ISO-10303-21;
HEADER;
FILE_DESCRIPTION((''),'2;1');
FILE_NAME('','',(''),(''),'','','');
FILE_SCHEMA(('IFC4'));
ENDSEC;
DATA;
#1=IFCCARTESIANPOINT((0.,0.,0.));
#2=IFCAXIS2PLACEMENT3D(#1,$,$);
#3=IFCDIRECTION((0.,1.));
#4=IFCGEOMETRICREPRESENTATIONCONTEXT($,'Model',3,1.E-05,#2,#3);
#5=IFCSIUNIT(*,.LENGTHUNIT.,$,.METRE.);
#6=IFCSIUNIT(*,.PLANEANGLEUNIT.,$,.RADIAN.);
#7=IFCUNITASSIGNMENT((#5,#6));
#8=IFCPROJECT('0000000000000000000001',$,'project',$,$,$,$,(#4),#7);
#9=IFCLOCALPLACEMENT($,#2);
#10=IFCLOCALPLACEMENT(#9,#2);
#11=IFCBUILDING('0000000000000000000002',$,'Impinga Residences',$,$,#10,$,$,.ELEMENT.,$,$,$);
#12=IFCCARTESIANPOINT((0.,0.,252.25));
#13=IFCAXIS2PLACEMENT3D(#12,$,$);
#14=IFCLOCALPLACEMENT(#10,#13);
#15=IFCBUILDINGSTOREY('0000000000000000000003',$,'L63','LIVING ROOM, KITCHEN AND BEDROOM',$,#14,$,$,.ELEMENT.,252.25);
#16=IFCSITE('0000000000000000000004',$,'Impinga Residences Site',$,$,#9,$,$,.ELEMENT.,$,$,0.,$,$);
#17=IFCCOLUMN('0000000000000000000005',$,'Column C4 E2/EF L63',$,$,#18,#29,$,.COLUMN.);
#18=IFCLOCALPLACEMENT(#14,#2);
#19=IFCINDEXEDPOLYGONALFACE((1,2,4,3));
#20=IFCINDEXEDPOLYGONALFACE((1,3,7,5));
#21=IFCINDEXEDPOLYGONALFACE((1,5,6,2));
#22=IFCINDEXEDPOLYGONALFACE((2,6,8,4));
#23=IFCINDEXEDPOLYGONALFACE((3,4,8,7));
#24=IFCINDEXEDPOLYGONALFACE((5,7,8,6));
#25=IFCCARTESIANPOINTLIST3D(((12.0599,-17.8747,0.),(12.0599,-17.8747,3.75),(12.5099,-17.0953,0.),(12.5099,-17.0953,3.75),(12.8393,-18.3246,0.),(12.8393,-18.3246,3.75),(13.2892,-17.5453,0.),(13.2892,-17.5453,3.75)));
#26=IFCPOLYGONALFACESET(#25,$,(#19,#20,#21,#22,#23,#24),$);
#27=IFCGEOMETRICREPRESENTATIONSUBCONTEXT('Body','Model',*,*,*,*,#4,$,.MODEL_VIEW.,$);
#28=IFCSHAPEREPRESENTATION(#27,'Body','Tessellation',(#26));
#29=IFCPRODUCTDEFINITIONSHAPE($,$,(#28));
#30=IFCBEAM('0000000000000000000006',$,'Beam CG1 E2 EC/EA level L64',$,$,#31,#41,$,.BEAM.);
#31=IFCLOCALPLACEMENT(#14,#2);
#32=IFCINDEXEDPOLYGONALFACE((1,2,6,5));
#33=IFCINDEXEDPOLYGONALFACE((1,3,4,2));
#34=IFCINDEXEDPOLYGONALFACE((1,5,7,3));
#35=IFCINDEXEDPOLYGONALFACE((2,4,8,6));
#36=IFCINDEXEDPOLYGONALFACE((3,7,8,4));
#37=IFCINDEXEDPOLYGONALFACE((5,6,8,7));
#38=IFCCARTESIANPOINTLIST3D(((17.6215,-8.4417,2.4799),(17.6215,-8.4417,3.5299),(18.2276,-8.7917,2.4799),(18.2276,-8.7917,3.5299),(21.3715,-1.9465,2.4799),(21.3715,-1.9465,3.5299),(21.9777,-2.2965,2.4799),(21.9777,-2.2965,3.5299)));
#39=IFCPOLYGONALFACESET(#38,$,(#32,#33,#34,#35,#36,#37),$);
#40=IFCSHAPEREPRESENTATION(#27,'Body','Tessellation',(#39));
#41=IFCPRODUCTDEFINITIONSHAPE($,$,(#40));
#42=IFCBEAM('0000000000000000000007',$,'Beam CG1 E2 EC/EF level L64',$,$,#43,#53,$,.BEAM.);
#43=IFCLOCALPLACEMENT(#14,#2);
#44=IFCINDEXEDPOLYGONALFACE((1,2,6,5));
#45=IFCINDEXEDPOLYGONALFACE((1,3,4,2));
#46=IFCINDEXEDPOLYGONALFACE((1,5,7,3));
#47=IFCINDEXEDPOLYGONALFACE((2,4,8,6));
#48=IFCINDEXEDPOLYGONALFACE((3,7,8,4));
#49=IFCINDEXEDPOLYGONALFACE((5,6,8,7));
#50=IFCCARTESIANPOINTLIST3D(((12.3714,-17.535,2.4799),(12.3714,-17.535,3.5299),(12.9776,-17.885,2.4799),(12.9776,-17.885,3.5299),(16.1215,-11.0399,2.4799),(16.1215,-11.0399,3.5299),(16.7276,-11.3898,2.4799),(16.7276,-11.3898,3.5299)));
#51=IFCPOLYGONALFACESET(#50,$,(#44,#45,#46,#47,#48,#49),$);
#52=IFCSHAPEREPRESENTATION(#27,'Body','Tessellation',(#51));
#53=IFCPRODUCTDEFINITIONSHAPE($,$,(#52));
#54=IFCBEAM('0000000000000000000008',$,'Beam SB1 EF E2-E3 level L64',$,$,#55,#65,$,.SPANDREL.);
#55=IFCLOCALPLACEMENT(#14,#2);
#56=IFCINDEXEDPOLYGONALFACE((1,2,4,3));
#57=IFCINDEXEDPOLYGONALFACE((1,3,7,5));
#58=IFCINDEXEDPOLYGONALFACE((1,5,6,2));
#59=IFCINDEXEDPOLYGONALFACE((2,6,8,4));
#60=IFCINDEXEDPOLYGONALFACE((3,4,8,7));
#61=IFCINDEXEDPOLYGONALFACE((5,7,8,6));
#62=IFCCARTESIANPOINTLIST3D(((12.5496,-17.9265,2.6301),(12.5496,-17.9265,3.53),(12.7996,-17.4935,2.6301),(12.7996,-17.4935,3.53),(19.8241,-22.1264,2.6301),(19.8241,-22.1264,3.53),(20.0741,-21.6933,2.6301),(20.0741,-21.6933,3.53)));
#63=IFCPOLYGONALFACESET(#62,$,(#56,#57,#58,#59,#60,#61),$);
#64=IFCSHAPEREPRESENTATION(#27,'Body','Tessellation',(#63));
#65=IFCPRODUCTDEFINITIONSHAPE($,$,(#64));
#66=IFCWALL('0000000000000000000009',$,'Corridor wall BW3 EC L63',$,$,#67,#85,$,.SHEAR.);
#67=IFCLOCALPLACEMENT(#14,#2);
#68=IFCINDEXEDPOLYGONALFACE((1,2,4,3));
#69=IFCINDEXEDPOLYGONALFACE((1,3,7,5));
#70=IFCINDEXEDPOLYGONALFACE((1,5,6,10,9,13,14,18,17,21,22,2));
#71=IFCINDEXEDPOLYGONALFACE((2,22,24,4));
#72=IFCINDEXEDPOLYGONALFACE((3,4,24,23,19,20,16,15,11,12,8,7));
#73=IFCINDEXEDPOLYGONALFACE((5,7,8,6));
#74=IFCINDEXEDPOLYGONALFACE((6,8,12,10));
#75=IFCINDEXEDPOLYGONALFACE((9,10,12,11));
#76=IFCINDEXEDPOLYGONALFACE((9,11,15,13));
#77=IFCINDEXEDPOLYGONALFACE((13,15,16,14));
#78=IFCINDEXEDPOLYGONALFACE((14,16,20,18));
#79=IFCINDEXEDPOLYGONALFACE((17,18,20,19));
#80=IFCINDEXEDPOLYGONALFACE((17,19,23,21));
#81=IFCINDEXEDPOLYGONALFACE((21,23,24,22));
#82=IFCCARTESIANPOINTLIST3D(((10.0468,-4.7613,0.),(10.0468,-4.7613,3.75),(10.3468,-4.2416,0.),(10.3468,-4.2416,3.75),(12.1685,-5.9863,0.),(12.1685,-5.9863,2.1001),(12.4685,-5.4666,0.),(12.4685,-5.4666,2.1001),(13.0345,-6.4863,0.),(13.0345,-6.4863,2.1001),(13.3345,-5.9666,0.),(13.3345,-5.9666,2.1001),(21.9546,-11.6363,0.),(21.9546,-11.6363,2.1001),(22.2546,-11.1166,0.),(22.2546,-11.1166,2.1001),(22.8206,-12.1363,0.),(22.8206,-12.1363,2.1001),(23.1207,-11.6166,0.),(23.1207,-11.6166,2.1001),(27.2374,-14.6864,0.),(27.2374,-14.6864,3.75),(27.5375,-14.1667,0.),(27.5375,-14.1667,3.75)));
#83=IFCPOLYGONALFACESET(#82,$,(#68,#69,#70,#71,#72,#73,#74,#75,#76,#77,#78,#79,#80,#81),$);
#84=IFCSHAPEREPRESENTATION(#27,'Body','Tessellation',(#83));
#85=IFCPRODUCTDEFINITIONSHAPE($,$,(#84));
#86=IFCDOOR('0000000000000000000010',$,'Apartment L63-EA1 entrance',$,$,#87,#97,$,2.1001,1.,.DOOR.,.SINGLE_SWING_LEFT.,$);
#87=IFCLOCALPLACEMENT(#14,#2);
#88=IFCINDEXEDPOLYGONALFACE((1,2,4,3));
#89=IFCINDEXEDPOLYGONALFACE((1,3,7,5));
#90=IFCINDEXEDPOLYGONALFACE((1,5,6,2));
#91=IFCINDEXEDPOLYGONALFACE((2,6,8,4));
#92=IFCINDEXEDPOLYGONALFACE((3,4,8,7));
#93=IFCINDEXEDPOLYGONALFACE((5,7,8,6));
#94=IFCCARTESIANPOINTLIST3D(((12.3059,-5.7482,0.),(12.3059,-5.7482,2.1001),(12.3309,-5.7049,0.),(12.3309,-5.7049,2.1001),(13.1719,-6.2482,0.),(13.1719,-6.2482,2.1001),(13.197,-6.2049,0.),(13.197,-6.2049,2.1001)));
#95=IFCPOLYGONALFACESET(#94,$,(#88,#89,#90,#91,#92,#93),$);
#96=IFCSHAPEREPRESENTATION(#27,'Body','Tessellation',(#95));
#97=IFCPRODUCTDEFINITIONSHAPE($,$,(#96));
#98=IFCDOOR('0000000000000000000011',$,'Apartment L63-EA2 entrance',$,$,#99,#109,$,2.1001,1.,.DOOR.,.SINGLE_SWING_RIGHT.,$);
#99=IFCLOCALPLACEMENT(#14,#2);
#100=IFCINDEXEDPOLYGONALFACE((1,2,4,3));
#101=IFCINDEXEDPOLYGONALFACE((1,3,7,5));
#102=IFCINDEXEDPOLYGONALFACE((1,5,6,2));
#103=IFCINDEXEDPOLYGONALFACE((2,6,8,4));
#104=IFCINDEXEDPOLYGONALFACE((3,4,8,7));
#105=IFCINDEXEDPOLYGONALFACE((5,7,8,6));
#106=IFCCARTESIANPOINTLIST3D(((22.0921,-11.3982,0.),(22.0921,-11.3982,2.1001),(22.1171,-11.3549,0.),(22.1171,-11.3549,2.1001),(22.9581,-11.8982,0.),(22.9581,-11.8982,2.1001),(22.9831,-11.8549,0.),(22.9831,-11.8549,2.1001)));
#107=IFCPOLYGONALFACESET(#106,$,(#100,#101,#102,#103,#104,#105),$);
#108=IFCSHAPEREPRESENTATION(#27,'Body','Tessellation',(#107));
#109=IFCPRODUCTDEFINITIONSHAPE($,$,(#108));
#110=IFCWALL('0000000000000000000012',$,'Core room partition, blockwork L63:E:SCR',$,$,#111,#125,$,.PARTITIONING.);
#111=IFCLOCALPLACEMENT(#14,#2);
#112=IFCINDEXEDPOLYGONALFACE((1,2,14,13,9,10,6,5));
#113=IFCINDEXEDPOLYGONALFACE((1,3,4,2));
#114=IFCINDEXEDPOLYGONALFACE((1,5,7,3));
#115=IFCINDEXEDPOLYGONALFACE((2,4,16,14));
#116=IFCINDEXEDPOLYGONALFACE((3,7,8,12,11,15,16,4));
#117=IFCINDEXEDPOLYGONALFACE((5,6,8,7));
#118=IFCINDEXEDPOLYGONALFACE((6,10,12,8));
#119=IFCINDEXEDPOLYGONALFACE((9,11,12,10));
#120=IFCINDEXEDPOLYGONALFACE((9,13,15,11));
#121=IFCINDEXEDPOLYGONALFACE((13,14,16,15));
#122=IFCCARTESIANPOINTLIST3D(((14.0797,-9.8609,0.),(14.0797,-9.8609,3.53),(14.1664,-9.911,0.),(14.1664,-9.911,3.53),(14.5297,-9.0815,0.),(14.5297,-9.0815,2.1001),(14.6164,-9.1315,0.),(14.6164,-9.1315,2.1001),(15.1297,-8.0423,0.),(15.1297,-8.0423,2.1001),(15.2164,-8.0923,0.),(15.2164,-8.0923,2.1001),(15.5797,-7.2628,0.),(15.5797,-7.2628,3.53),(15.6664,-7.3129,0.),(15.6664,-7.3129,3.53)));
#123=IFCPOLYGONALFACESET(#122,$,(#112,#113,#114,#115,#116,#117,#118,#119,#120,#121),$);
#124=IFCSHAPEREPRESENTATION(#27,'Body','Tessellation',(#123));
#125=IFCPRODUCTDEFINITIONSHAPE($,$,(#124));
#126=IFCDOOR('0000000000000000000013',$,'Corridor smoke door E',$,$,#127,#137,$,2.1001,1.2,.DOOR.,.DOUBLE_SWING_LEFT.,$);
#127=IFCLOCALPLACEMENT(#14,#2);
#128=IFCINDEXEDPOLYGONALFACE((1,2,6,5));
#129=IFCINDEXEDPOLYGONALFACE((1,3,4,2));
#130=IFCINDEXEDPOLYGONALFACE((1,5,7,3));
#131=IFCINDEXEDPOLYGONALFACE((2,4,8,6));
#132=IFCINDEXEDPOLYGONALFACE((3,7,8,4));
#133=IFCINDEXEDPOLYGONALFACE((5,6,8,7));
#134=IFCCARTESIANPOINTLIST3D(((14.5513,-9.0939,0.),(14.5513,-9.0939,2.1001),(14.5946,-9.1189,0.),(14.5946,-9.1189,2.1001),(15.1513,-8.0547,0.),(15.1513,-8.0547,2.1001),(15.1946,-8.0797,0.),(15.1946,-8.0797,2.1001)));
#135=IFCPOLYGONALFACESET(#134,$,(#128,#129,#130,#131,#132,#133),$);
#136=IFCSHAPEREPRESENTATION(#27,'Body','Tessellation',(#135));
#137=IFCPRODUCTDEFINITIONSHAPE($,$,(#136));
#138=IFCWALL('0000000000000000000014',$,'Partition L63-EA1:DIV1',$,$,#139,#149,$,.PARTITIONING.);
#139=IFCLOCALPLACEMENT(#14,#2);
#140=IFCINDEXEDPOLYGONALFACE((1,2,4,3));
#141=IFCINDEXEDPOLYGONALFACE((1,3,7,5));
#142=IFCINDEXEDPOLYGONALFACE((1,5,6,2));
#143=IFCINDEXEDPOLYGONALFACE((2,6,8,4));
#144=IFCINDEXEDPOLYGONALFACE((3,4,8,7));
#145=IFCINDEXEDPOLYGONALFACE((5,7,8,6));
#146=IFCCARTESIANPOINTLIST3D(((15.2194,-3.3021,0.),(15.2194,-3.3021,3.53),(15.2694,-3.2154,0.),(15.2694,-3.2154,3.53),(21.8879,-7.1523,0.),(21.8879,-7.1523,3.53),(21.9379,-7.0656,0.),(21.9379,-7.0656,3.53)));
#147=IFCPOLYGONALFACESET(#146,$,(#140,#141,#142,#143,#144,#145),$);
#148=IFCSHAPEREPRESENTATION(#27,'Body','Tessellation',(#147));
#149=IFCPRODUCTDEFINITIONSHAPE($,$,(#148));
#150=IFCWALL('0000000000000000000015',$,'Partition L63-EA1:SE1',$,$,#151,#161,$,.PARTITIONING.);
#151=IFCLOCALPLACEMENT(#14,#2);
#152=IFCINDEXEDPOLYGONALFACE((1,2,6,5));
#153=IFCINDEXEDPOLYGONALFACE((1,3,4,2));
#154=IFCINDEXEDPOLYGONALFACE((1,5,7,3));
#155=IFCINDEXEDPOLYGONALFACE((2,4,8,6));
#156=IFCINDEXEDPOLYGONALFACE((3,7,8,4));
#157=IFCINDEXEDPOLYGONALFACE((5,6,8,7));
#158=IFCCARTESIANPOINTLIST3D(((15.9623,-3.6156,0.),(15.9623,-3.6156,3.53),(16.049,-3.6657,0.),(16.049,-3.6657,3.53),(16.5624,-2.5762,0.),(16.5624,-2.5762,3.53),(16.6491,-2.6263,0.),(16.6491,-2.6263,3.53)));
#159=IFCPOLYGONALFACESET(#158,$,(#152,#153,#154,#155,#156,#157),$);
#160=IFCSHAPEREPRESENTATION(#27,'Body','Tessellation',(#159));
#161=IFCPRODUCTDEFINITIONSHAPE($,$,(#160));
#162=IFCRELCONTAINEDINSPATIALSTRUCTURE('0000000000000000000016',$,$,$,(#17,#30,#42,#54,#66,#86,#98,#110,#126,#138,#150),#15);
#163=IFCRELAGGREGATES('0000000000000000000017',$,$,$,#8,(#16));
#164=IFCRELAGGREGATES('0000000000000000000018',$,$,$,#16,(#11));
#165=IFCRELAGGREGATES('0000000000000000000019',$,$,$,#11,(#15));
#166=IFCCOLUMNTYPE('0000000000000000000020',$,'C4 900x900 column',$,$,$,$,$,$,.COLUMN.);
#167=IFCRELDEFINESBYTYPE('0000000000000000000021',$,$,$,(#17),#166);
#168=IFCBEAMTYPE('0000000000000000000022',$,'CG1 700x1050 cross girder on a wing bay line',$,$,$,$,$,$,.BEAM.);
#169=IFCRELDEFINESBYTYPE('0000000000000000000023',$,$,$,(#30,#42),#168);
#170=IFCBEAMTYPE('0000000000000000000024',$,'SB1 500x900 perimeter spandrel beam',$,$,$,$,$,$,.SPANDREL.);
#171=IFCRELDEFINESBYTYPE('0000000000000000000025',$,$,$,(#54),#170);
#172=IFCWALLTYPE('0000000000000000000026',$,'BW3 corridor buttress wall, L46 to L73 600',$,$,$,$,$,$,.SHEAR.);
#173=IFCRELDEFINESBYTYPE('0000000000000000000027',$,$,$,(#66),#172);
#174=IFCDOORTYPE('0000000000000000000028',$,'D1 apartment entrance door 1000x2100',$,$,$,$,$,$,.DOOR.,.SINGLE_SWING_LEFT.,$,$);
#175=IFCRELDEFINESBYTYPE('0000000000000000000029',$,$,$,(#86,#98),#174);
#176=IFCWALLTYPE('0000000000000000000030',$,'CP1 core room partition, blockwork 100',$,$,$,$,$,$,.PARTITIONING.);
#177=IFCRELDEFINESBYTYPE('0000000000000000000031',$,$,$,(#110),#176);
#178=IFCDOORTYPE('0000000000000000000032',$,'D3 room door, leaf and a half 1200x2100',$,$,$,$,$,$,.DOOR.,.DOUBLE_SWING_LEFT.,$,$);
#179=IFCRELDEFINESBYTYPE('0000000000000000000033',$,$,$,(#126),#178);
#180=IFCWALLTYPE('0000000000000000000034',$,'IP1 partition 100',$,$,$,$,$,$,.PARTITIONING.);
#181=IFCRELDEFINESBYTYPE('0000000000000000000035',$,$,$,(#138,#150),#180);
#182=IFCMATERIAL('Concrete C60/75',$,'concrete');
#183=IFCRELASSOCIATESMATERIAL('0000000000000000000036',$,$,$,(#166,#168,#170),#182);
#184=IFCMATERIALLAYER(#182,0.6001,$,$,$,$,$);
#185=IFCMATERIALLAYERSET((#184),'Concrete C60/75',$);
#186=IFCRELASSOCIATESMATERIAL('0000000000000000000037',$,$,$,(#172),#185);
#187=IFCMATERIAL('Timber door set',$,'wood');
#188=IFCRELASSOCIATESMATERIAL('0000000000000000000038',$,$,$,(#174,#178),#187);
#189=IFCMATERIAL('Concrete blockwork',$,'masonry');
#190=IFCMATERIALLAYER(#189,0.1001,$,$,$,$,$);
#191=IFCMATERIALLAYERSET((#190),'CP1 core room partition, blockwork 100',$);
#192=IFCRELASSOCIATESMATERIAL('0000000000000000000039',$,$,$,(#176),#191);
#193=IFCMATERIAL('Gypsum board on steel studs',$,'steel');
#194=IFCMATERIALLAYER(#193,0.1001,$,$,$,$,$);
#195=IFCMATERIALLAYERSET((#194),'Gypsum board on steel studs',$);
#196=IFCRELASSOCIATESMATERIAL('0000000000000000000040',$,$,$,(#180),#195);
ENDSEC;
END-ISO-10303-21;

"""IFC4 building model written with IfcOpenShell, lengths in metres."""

from ifc_helpers import new_model, si_unit, direction, frame, frame_2d, origin, origin_2d, place, context, subcontext, project, spatial, rectangle, extrude, material, layer, layer_set, material_profile, profile_set, type_object, element, fill, save


model = new_model("IFC4")

# Units and contexts
model_context = context("Model", 3, precision=1e-05, world=origin(), true_north=direction((0.0, 1.0)))
body_context = subcontext(model_context, "Body", "Model", "MODEL_VIEW")
ifc_project = project(units=[si_unit("LENGTHUNIT", "METRE"), si_unit("PLANEANGLEUNIT", "RADIAN")], contexts=[model_context])

# Site, building, storey
site_placement = place(None, origin())
site = spatial("IfcSite", under=ifc_project, at=site_placement, Name="Impinga Residences Site", CompositionType="ELEMENT", RefElevation=0.0)
building_placement = place(site_placement, origin())
building = spatial("IfcBuilding", under=site, at=building_placement, Name="Impinga Residences", CompositionType="ELEMENT")
storey_placement = place(building_placement, frame((0.0, 0.0, 252.25)))
storey = spatial("IfcBuildingStorey", under=building, at=storey_placement, Name="L63", Description="LIVING ROOM, KITCHEN AND BEDROOM", CompositionType="ELEMENT", Elevation=252.25)

# Column
ifc_material_1 = material(Name="Concrete C60/75", Category="concrete")
ifc_material_profile_1 = material_profile(ifc_material_1, rectangle(XDim=0.8999, YDim=0.8999, at=origin_2d()), Name="RC 900x900")
ifc_profile_set_1 = profile_set([ifc_material_profile_1], Name="Concrete C60/75")
column_type = type_object("IfcColumnType", Name="C4 900x900 column", PredefinedType="COLUMN", material=ifc_profile_set_1)
column_placement = place(storey_placement, frame((12.6746, -17.71, 0.0), z_axis=(0.0, 0.0, 1.0), x_axis=(-0.5, -0.866025, 0.0)))
element("IfcColumn", 1, at=column_placement, inside=storey, type_object=column_type, Name="Column C4 E2/EF L63", PredefinedType="COLUMN", context=body_context, shape_type="SweptSolid", body=[
    extrude(rectangle(XDim=0.8999, YDim=0.8999, at=origin_2d()), origin(), (0.0, 0.0, 1.0), 3.75),
])

# Beams
ifc_material_profile_2 = material_profile(ifc_material_1, rectangle(XDim=0.7, YDim=1.05, at=origin_2d()), Name="RC 700x1050")
ifc_profile_set_2 = profile_set([ifc_material_profile_2], Name="Concrete C60/75")
beam_type_1 = type_object("IfcBeamType", Name="CG1 700x1050 cross girder on a wing bay line", PredefinedType="BEAM", material=ifc_profile_set_2)
for number, where, z_axis, x_axis, name in (
    (2, (17.9246, -8.6167, 3.0049), (0.500004, 0.866023, 0.0), (-0.866023, 0.500004, 0.0), "Beam CG1 E2 EC/EA level L64"),
    (3, (16.4246, -11.2148, 3.0049), (-0.500004, -0.866023, 0.0), (0.866023, -0.500004, 0.0), "Beam CG1 E2 EC/EF level L64"),
):
    element("IfcBeam", number, at=place(storey_placement, frame(where, z_axis=z_axis, x_axis=x_axis)), inside=storey, type_object=beam_type_1, Name=name, PredefinedType="BEAM", context=body_context, shape_type="SweptSolid", body=[
        extrude(rectangle(XDim=0.7, YDim=1.05, at=origin_2d()), origin(), (0.0, 0.0, 1.0), 7.5),
    ])
ifc_material_profile_3 = material_profile(ifc_material_1, rectangle(XDim=0.5, YDim=0.8999, at=origin_2d()), Name="RC 500x900")
ifc_profile_set_3 = profile_set([ifc_material_profile_3], Name="Concrete C60/75")
beam_type_2 = type_object("IfcBeamType", Name="SB1 500x900 perimeter spandrel beam", PredefinedType="SPANDREL", material=ifc_profile_set_3)
beam_placement = place(storey_placement, frame((12.6746, -17.71, 3.0801), z_axis=(0.866029, -0.499993, 0.0), x_axis=(0.499993, 0.866029, 0.0)))
element("IfcBeam", 4, at=beam_placement, inside=storey, type_object=beam_type_2, Name="Beam SB1 EF E2-E3 level L64", PredefinedType="SPANDREL", context=body_context, shape_type="SweptSolid", body=[
    extrude(rectangle(XDim=0.5, YDim=0.8999, at=origin_2d()), origin(), (0.0, 0.0, 1.0), 8.3999),
])

# Wall, openings, doors
ifc_layer_1 = layer(ifc_material_1, 0.6001)
ifc_layer_set_1 = layer_set([ifc_layer_1], Name="Concrete C60/75")
wall_type_1 = type_object("IfcWallType", Name="BW3 corridor buttress wall, L46 to L73 600", PredefinedType="SHEAR", material=ifc_layer_set_1)
wall_1_placement = place(storey_placement, frame((10.1968, -4.5015, 0.0), z_axis=(0.0, 0.0, 1.0), x_axis=(0.866025, -0.5, 0.0)))
wall_1 = element("IfcWall", 5, at=wall_1_placement, inside=storey, type_object=wall_type_1, Name="Corridor wall BW3 EC L63", PredefinedType="SHEAR", context=body_context, shape_type="SweptSolid", body=[
    extrude(rectangle(XDim=19.8501, YDim=0.6001, at=frame_2d((9.925, 0.0))), origin(), (0.0, 0.0, 1.0), 3.75),
])
opening_1_placement = place(wall_1_placement, frame((2.45, 0.0, 0.0)))
opening_1 = element("IfcOpeningElement", 6, at=opening_1_placement, cuts=wall_1, PredefinedType="OPENING", context=body_context, shape_type="SweptSolid", body=[
    extrude(rectangle(XDim=1.0, YDim=2.1001, at=frame_2d((0.5, 1.05))), frame((0.0, 0.3101, 0.0), z_axis=(0.0, -1.0, 0.0), x_axis=(1.0, 0.0, 0.0)), (0.0, 0.0, 1.0), 0.6201),
])
opening_2_placement = place(wall_1_placement, frame((13.75, 0.0, 0.0)))
opening_2 = element("IfcOpeningElement", 7, at=opening_2_placement, cuts=wall_1, PredefinedType="OPENING", context=body_context, shape_type="SweptSolid", body=[
    extrude(rectangle(XDim=1.0, YDim=2.1001, at=frame_2d((0.5, 1.05))), frame((0.0, 0.3101, 0.0), z_axis=(0.0, -1.0, 0.0), x_axis=(1.0, 0.0, 0.0)), (0.0, 0.0, 1.0), 0.6201),
])
ifc_material_2 = material(Name="Timber door set", Category="wood")
door_type_1 = type_object("IfcDoorType", Name="D1 apartment entrance door 1000x2100", OperationType="SINGLE_SWING_LEFT", PredefinedType="DOOR", material=ifc_material_2)
door_1_placement = place(opening_1_placement, origin())
door_1 = element("IfcDoor", 8, at=door_1_placement, inside=storey, type_object=door_type_1, Name="Apartment L63-EA1 entrance", OperationType="SINGLE_SWING_LEFT", OverallHeight=2.1001, OverallWidth=1.0, PredefinedType="DOOR", context=body_context, shape_type="SweptSolid", body=[
    extrude(rectangle(XDim=1.0, YDim=2.1001, at=frame_2d((0.5, 1.05))), frame((0.0, 0.0249, 0.0), z_axis=(0.0, -1.0, 0.0), x_axis=(1.0, 0.0, 0.0)), (0.0, 0.0, 1.0), 0.05),
])
fill(opening_1, door_1)
door_2_placement = place(opening_2_placement, origin())
door_2 = element("IfcDoor", 9, at=door_2_placement, inside=storey, type_object=door_type_1, Name="Apartment L63-EA2 entrance", OperationType="SINGLE_SWING_RIGHT", OverallHeight=2.1001, OverallWidth=1.0, PredefinedType="DOOR", context=body_context, shape_type="SweptSolid", body=[
    extrude(rectangle(XDim=1.0, YDim=2.1001, at=frame_2d((0.5, 1.05))), frame((0.0, 0.0249, 0.0), z_axis=(0.0, -1.0, 0.0), x_axis=(1.0, 0.0, 0.0)), (0.0, 0.0, 1.0), 0.05),
])
fill(opening_2, door_2)

# Wall, opening, door
ifc_material_3 = material(Name="Concrete blockwork", Category="masonry")
ifc_layer_2 = layer(ifc_material_3, 0.1001)
ifc_layer_set_2 = layer_set([ifc_layer_2], Name="CP1 core room partition, blockwork 100")
wall_type_2 = type_object("IfcWallType", Name="CP1 core room partition, blockwork 100", PredefinedType="PARTITIONING", material=ifc_layer_set_2)
wall_2_placement = place(storey_placement, frame((15.623, -7.2878, 0.0), z_axis=(0.0, 0.0, 1.0), x_axis=(-0.49999, -0.866031, 0.0)))
wall_2 = element("IfcWall", 10, at=wall_2_placement, inside=storey, type_object=wall_type_2, Name="Core room partition, blockwork L63:E:SCR", PredefinedType="PARTITIONING", context=body_context, shape_type="SweptSolid", body=[
    extrude(rectangle(XDim=3.0, YDim=0.1001, at=frame_2d((1.5, 0.0))), origin(), (0.0, 0.0, 1.0), 3.53),
])
opening_3_placement = place(wall_2_placement, frame((0.8999, 0.0, 0.0)))
opening_3 = element("IfcOpeningElement", 11, at=opening_3_placement, cuts=wall_2, PredefinedType="OPENING", context=body_context, shape_type="SweptSolid", body=[
    extrude(rectangle(XDim=1.2, YDim=2.1001, at=frame_2d((0.6001, 1.05))), frame((0.0, 0.0601, 0.0), z_axis=(0.0, -1.0, 0.0), x_axis=(1.0, 0.0, 0.0)), (0.0, 0.0, 1.0), 0.1201),
])
door_type_2 = type_object("IfcDoorType", Name="D3 room door, leaf and a half 1200x2100", OperationType="DOUBLE_SWING_LEFT", PredefinedType="DOOR", material=ifc_material_2)
door_3_placement = place(opening_3_placement, origin())
door_3 = element("IfcDoor", 12, at=door_3_placement, inside=storey, type_object=door_type_2, Name="Corridor smoke door E", OperationType="DOUBLE_SWING_LEFT", OverallHeight=2.1001, OverallWidth=1.2, PredefinedType="DOOR", context=body_context, shape_type="SweptSolid", body=[
    extrude(rectangle(XDim=1.2, YDim=2.1001, at=frame_2d((0.6001, 1.05))), frame((0.0, 0.0249, 0.0), z_axis=(0.0, -1.0, 0.0), x_axis=(1.0, 0.0, 0.0)), (0.0, 0.0, 1.0), 0.05),
])
fill(opening_3, door_3)

# Walls
ifc_material_4 = material(Name="Gypsum board on steel studs", Category="steel")
ifc_layer_3 = layer(ifc_material_4, 0.1001)
ifc_layer_set_3 = layer_set([ifc_layer_3], Name="Gypsum board on steel studs")
wall_type_3 = type_object("IfcWallType", Name="IP1 partition 100", PredefinedType="PARTITIONING", material=ifc_layer_set_3)
wall_3_placement = place(storey_placement, frame((15.2444, -3.2588, 0.0), z_axis=(0.0, 0.0, 1.0), x_axis=(0.866022, -0.500006, 0.0)))
element("IfcWall", 13, at=wall_3_placement, inside=storey, type_object=wall_type_3, Name="Partition L63-EA1:DIV1", PredefinedType="PARTITIONING", context=body_context, shape_type="SweptSolid", body=[
    extrude(rectangle(XDim=7.7002, YDim=0.1001, at=frame_2d((3.8501, 0.0))), origin(), (0.0, 0.0, 1.0), 3.53),
])
wall_4_placement = place(storey_placement, frame((16.0056, -3.6406, 0.0), z_axis=(0.0, 0.0, 1.0), x_axis=(0.500034, 0.866006, 0.0)))
element("IfcWall", 14, at=wall_4_placement, inside=storey, type_object=wall_type_3, Name="Partition L63-EA1:SE1", PredefinedType="PARTITIONING", context=body_context, shape_type="SweptSolid", body=[
    extrude(rectangle(XDim=1.2002, YDim=0.1001, at=frame_2d((0.6001, 0.0))), origin(), (0.0, 0.0, 1.0), 3.53),
])

save(model, "model.ifc")
